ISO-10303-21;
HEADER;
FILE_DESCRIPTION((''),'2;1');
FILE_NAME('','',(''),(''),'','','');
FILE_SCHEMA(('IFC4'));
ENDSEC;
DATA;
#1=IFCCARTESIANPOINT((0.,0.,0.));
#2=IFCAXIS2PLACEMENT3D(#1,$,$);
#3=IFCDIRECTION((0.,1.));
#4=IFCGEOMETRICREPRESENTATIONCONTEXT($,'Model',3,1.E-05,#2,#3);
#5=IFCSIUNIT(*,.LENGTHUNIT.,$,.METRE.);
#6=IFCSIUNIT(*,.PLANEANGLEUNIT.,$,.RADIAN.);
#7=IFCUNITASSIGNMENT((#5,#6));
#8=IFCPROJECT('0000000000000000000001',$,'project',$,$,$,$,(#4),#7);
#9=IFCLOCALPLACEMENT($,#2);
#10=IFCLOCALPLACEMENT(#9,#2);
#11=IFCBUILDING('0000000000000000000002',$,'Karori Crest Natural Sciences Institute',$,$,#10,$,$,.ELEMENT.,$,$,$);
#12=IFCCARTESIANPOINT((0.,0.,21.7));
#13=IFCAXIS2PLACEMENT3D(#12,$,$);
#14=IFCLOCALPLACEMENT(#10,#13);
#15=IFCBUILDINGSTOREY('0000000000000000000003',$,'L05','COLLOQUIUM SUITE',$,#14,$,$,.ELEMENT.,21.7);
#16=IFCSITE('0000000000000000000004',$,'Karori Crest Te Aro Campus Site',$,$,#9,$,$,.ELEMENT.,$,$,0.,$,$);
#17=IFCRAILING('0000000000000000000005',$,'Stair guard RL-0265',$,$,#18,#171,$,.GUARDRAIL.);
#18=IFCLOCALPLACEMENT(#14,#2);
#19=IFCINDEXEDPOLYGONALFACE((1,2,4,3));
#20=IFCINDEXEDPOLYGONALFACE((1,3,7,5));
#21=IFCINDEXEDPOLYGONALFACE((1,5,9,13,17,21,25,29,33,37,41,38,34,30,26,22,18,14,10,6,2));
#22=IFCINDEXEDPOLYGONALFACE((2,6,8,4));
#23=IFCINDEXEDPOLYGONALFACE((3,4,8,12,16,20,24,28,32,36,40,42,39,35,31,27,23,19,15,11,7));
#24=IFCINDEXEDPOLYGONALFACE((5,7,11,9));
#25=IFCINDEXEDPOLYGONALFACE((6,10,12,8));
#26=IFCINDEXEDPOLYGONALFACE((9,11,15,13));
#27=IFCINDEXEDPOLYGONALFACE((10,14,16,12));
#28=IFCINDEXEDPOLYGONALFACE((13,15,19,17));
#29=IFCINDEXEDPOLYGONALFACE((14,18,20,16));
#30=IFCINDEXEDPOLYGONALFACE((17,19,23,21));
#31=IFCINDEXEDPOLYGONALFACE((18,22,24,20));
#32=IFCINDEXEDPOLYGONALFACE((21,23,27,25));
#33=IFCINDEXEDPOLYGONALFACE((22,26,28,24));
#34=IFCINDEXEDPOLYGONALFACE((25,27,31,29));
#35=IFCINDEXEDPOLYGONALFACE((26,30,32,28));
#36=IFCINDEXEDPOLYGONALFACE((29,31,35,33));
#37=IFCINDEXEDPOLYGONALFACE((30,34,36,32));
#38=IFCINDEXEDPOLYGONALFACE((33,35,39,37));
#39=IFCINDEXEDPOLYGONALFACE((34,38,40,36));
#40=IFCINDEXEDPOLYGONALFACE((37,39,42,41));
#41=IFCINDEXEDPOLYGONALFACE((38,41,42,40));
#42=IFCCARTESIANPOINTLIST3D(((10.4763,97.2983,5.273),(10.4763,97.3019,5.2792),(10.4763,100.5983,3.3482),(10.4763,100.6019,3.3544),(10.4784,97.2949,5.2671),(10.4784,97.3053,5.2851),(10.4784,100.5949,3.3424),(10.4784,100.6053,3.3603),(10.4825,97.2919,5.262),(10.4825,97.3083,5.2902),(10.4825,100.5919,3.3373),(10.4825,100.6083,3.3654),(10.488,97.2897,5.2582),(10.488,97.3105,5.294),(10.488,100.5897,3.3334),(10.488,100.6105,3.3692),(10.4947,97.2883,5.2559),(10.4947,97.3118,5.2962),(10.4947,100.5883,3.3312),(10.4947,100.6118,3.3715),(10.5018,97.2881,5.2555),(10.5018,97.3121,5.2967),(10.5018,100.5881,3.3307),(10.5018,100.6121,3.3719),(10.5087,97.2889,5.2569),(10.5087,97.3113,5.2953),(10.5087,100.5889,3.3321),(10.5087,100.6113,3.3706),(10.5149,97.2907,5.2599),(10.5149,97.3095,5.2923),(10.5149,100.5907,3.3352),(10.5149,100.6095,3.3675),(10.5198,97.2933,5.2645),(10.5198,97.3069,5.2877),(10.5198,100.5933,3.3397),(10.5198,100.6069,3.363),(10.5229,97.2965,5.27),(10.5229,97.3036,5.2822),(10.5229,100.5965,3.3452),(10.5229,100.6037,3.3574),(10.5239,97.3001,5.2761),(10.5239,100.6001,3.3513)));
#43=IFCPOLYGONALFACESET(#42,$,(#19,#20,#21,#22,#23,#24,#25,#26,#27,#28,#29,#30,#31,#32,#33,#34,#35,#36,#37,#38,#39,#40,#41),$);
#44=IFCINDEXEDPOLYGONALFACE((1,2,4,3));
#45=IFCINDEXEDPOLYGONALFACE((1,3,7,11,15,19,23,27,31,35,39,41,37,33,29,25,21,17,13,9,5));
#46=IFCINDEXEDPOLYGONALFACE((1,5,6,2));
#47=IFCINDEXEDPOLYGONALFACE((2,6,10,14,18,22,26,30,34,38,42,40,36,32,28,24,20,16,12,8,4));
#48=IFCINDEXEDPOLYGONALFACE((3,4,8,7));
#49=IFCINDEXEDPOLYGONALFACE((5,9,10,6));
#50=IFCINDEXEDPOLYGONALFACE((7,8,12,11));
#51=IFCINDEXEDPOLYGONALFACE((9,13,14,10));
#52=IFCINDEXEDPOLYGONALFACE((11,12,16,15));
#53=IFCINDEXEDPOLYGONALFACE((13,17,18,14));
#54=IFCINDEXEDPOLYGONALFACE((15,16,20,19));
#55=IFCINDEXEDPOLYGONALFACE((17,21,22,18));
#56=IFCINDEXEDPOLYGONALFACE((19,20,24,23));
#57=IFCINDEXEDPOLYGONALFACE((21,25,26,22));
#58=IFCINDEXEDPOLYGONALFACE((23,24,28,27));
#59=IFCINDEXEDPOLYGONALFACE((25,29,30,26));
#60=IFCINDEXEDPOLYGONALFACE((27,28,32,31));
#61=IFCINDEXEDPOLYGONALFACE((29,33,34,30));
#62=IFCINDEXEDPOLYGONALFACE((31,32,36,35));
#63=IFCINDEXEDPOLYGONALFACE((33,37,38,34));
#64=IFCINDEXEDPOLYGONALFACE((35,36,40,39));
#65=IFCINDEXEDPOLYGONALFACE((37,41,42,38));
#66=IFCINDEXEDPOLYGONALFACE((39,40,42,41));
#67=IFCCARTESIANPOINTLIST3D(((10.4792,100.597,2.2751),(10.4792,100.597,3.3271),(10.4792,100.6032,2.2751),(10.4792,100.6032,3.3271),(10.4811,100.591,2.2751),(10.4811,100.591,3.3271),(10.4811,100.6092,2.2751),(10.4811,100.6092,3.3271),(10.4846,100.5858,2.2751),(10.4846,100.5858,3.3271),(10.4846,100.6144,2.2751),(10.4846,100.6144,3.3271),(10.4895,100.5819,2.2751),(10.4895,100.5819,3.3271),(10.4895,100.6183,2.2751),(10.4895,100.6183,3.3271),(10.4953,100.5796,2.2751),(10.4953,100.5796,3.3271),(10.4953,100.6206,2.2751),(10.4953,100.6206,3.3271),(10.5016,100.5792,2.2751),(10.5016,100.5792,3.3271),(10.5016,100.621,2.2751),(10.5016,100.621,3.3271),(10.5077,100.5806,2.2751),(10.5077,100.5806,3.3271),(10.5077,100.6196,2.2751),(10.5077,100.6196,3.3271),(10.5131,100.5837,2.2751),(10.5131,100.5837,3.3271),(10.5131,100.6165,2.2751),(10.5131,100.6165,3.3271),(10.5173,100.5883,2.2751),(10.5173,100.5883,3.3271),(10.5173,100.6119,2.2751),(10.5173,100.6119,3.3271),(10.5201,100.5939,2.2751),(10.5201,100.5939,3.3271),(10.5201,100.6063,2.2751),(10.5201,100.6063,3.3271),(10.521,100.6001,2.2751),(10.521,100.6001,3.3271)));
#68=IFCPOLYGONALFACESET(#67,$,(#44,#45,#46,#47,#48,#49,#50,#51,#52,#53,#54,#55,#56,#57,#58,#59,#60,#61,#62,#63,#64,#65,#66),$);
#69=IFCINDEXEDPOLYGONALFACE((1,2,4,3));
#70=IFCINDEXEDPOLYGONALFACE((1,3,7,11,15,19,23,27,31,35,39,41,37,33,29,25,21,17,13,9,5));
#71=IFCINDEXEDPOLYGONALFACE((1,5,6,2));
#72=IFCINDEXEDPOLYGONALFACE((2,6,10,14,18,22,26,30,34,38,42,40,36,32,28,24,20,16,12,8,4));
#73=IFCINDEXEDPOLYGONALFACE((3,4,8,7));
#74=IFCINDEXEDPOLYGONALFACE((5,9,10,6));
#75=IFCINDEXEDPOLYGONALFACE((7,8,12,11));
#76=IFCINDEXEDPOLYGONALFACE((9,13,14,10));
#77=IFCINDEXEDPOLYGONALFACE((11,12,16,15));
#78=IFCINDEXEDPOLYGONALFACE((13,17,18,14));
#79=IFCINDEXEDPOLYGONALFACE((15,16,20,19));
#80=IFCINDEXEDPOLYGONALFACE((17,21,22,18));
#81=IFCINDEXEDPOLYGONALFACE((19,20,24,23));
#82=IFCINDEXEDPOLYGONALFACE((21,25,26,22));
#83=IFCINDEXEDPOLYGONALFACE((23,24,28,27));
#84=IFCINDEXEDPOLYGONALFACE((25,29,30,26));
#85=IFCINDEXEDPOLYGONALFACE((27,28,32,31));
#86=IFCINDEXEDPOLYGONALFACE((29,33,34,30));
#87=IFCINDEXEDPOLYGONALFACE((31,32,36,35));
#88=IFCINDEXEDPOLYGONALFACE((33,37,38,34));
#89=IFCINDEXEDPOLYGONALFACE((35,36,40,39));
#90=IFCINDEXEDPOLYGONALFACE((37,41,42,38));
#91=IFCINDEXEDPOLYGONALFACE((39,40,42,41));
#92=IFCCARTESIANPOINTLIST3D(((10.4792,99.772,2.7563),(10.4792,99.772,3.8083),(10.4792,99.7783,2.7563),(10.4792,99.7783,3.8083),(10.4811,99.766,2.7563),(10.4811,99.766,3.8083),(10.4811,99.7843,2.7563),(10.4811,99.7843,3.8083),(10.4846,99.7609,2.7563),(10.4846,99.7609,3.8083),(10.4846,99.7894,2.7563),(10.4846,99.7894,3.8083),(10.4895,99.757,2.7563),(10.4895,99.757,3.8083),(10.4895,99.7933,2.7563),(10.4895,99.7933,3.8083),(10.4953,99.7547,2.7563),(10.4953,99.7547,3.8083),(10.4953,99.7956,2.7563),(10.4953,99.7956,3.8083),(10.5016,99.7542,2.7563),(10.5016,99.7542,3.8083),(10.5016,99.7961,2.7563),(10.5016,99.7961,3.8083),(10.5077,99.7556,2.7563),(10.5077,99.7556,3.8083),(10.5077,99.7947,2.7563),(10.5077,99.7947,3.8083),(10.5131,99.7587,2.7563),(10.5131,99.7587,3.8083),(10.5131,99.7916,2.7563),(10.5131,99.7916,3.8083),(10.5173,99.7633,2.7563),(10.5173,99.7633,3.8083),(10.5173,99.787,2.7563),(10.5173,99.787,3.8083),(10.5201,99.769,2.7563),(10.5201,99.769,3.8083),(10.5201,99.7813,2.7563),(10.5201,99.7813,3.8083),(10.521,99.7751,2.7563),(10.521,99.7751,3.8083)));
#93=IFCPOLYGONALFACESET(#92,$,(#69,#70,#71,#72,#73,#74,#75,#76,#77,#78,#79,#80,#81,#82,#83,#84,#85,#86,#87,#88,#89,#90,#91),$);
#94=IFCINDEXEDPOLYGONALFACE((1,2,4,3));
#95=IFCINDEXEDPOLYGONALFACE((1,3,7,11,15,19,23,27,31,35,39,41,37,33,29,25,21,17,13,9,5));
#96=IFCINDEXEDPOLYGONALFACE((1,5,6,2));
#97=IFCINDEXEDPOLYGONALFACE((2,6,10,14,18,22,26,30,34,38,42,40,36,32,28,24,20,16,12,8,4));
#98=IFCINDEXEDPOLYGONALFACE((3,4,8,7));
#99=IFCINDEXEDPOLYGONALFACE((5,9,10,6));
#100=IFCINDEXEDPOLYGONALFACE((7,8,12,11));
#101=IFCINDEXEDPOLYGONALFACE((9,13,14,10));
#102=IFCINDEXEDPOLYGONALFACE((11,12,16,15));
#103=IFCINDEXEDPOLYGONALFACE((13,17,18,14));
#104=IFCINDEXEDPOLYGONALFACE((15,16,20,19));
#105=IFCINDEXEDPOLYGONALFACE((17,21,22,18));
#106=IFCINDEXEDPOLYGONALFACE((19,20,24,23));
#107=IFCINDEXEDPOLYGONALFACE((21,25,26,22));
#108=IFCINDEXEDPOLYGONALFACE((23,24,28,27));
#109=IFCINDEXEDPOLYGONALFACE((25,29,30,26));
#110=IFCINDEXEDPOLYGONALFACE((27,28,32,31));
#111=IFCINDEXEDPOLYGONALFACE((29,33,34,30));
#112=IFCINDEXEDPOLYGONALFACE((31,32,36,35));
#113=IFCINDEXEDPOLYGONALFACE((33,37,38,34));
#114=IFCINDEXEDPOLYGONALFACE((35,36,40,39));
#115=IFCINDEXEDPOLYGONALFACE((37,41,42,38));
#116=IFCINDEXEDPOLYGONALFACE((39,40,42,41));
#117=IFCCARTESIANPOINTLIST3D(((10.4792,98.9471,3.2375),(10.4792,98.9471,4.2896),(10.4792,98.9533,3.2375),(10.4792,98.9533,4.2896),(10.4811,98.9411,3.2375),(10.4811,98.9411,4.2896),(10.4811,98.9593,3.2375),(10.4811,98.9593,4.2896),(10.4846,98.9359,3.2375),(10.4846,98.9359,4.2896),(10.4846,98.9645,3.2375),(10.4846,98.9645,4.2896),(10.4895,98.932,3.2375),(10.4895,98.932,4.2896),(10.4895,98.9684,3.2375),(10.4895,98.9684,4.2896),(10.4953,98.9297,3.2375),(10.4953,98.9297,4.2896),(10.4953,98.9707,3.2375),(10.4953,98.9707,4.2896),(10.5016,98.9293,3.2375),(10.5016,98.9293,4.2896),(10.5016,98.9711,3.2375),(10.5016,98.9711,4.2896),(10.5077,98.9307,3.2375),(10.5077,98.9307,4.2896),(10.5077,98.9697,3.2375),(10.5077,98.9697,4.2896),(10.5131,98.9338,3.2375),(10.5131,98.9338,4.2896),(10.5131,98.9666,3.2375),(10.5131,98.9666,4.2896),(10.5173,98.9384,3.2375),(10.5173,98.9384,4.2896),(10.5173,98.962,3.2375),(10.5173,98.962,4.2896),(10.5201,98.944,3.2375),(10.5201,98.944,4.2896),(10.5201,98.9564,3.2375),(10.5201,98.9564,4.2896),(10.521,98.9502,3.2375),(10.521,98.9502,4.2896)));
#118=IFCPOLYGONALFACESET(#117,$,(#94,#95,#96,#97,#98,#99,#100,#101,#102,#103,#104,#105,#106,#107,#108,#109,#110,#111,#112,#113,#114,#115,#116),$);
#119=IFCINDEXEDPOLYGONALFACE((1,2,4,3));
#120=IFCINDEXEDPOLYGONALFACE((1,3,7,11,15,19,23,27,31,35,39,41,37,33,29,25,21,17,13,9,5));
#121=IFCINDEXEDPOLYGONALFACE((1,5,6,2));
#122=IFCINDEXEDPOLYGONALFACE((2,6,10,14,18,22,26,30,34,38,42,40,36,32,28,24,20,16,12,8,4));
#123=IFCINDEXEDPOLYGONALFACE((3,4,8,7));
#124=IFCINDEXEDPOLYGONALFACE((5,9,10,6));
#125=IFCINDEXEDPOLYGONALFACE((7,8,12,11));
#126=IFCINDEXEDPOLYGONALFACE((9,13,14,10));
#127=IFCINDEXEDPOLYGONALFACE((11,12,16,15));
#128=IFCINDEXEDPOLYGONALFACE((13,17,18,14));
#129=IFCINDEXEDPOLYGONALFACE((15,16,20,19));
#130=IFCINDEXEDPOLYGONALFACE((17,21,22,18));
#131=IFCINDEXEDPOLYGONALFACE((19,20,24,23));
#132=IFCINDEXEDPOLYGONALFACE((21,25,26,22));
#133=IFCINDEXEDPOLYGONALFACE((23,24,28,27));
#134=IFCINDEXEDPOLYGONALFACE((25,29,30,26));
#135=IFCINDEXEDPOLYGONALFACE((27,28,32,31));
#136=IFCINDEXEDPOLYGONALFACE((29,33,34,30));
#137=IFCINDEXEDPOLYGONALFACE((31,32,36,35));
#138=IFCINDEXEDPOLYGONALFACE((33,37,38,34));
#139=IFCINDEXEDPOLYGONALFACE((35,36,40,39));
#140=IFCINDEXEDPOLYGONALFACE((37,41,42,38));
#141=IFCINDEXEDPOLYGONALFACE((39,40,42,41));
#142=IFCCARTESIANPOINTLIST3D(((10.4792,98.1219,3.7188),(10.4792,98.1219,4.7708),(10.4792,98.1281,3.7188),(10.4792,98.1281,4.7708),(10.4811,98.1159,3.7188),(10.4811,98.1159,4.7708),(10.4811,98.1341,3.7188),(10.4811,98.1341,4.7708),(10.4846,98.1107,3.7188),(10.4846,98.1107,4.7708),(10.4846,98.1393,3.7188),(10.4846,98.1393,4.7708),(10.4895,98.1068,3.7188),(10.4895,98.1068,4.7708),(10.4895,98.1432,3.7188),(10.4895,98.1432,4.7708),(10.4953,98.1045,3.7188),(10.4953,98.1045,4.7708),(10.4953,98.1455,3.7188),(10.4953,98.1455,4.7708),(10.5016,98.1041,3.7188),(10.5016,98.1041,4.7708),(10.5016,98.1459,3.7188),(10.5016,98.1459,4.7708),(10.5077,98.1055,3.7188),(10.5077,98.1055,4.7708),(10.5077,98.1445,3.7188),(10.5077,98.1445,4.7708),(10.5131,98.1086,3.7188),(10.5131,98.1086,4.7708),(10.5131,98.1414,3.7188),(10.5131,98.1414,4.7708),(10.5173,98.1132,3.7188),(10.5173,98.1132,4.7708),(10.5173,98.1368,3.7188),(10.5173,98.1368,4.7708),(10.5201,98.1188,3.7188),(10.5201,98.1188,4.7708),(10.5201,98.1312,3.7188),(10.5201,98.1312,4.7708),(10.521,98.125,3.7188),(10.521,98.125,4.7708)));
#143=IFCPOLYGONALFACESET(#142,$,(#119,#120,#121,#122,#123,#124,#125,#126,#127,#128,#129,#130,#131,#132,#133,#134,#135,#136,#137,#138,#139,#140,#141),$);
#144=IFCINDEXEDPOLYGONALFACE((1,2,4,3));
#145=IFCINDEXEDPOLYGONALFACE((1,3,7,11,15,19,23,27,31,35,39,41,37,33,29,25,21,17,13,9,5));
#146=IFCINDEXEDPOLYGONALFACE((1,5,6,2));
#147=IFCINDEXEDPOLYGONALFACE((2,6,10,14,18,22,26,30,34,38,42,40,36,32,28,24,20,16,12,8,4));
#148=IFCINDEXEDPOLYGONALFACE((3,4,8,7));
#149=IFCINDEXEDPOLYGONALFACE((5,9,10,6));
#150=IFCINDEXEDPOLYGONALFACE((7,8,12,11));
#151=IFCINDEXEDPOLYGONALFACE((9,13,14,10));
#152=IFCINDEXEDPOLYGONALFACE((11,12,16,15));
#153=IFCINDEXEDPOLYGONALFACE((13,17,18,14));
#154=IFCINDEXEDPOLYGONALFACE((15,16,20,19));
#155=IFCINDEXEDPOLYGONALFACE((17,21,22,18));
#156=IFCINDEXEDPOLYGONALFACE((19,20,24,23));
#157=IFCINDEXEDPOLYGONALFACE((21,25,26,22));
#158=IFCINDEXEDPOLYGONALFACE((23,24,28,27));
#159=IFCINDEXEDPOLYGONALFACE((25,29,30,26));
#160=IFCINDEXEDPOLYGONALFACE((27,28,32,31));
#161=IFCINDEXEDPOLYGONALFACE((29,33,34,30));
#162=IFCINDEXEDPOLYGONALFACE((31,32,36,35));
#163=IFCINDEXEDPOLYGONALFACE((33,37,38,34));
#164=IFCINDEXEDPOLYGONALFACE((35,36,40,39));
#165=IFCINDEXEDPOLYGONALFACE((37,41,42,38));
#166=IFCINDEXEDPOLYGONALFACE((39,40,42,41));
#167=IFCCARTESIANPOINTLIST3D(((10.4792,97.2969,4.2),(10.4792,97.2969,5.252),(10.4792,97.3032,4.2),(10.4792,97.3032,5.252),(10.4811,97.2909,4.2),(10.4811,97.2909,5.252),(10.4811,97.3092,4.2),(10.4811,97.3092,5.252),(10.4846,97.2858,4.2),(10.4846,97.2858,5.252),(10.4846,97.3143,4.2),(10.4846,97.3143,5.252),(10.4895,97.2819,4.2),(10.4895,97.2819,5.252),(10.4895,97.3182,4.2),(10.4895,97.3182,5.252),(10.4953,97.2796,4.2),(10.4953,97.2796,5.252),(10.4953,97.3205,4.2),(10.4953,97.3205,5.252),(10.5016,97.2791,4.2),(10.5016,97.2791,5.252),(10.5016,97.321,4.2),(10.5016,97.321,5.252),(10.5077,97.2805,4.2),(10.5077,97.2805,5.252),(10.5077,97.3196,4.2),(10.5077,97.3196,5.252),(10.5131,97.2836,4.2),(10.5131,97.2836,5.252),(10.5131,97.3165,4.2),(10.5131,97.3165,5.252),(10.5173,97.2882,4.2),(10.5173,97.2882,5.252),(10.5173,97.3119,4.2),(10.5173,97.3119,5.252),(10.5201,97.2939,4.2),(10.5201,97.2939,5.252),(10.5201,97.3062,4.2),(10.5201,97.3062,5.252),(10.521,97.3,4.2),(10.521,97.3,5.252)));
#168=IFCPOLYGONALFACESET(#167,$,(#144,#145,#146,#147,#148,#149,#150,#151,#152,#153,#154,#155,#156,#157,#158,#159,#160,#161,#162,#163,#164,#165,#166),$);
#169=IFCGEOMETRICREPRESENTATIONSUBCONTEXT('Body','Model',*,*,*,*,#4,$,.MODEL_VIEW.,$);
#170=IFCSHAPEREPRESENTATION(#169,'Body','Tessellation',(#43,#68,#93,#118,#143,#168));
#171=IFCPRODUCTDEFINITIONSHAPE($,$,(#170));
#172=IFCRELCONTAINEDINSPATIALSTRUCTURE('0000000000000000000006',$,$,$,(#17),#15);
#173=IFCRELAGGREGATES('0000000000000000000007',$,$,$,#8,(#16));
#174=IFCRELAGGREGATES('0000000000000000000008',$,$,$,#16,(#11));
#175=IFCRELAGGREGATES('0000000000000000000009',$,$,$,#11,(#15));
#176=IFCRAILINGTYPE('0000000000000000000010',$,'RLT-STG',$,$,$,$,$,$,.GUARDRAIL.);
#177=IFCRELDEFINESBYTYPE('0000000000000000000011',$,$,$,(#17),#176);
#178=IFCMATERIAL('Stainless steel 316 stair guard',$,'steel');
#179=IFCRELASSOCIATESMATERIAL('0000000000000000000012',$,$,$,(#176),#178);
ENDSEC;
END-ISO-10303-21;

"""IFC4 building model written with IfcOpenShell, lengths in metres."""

from ifc_helpers import new_model, si_unit, direction, frame, origin, origin_2d, place, context, subcontext, project, spatial, circle, extrude, material, type_object, element, save


model = new_model("IFC4")

# Units and contexts
model_context = context("Model", 3, precision=1e-05, world=origin(), true_north=direction((0.0, 1.0)))
body_context = subcontext(model_context, "Body", "Model", "MODEL_VIEW")
ifc_project = project(units=[si_unit("LENGTHUNIT", "METRE"), si_unit("PLANEANGLEUNIT", "RADIAN")], contexts=[model_context])

# Site, building, storey
site_placement = place(None, origin())
site = spatial("IfcSite", under=ifc_project, at=site_placement, Name="Karori Crest Te Aro Campus Site", CompositionType="ELEMENT", RefElevation=0.0)
building_placement = place(site_placement, origin())
building = spatial("IfcBuilding", under=site, at=building_placement, Name="Karori Crest Natural Sciences Institute", CompositionType="ELEMENT")
storey_placement = place(building_placement, frame((0.0, 0.0, 21.7)))
storey = spatial("IfcBuildingStorey", under=building, at=storey_placement, Name="L05", Description="COLLOQUIUM SUITE", CompositionType="ELEMENT", Elevation=21.7)

# Railing
ifc_material_1 = material(Name="Stainless steel 316 stair guard", Category="steel")
railing_type = type_object("IfcRailingType", Name="RLT-STG", PredefinedType="GUARDRAIL", material=ifc_material_1)
railing_1_placement = place(storey_placement, frame((10.5, 100.6001, 2.2751)))
element("IfcRailing", 1, at=railing_1_placement, inside=storey, type_object=railing_type, Name="Stair guard RL-0265", PredefinedType="GUARDRAIL", context=body_context, shape_type="SweptSolid", body=[
    extrude(circle(Radius=0.0239, at=origin_2d()), frame((0.0, 0.0, 1.0762), z_axis=(0.0, -0.863804, 0.503827), x_axis=(1.0, 0.0, 0.0)), (0.0, 0.0, 1.0), 3.8203),
    extrude(circle(Radius=0.021, at=origin_2d()), origin(), (0.0, 0.0, 1.0), 1.052),
    extrude(circle(Radius=0.021, at=origin_2d()), frame((0.0, -0.825, 0.4812)), (0.0, 0.0, 1.0), 1.052),
    extrude(circle(Radius=0.021, at=origin_2d()), frame((0.0, -1.6499, 0.9624)), (0.0, 0.0, 1.0), 1.052),
    extrude(circle(Radius=0.021, at=origin_2d()), frame((0.0, -2.4751, 1.4436)), (0.0, 0.0, 1.0), 1.052),
    extrude(circle(Radius=0.021, at=origin_2d()), frame((0.0, -3.3, 1.9248)), (0.0, 0.0, 1.0), 1.052),
])

save(model, "model.ifc")
